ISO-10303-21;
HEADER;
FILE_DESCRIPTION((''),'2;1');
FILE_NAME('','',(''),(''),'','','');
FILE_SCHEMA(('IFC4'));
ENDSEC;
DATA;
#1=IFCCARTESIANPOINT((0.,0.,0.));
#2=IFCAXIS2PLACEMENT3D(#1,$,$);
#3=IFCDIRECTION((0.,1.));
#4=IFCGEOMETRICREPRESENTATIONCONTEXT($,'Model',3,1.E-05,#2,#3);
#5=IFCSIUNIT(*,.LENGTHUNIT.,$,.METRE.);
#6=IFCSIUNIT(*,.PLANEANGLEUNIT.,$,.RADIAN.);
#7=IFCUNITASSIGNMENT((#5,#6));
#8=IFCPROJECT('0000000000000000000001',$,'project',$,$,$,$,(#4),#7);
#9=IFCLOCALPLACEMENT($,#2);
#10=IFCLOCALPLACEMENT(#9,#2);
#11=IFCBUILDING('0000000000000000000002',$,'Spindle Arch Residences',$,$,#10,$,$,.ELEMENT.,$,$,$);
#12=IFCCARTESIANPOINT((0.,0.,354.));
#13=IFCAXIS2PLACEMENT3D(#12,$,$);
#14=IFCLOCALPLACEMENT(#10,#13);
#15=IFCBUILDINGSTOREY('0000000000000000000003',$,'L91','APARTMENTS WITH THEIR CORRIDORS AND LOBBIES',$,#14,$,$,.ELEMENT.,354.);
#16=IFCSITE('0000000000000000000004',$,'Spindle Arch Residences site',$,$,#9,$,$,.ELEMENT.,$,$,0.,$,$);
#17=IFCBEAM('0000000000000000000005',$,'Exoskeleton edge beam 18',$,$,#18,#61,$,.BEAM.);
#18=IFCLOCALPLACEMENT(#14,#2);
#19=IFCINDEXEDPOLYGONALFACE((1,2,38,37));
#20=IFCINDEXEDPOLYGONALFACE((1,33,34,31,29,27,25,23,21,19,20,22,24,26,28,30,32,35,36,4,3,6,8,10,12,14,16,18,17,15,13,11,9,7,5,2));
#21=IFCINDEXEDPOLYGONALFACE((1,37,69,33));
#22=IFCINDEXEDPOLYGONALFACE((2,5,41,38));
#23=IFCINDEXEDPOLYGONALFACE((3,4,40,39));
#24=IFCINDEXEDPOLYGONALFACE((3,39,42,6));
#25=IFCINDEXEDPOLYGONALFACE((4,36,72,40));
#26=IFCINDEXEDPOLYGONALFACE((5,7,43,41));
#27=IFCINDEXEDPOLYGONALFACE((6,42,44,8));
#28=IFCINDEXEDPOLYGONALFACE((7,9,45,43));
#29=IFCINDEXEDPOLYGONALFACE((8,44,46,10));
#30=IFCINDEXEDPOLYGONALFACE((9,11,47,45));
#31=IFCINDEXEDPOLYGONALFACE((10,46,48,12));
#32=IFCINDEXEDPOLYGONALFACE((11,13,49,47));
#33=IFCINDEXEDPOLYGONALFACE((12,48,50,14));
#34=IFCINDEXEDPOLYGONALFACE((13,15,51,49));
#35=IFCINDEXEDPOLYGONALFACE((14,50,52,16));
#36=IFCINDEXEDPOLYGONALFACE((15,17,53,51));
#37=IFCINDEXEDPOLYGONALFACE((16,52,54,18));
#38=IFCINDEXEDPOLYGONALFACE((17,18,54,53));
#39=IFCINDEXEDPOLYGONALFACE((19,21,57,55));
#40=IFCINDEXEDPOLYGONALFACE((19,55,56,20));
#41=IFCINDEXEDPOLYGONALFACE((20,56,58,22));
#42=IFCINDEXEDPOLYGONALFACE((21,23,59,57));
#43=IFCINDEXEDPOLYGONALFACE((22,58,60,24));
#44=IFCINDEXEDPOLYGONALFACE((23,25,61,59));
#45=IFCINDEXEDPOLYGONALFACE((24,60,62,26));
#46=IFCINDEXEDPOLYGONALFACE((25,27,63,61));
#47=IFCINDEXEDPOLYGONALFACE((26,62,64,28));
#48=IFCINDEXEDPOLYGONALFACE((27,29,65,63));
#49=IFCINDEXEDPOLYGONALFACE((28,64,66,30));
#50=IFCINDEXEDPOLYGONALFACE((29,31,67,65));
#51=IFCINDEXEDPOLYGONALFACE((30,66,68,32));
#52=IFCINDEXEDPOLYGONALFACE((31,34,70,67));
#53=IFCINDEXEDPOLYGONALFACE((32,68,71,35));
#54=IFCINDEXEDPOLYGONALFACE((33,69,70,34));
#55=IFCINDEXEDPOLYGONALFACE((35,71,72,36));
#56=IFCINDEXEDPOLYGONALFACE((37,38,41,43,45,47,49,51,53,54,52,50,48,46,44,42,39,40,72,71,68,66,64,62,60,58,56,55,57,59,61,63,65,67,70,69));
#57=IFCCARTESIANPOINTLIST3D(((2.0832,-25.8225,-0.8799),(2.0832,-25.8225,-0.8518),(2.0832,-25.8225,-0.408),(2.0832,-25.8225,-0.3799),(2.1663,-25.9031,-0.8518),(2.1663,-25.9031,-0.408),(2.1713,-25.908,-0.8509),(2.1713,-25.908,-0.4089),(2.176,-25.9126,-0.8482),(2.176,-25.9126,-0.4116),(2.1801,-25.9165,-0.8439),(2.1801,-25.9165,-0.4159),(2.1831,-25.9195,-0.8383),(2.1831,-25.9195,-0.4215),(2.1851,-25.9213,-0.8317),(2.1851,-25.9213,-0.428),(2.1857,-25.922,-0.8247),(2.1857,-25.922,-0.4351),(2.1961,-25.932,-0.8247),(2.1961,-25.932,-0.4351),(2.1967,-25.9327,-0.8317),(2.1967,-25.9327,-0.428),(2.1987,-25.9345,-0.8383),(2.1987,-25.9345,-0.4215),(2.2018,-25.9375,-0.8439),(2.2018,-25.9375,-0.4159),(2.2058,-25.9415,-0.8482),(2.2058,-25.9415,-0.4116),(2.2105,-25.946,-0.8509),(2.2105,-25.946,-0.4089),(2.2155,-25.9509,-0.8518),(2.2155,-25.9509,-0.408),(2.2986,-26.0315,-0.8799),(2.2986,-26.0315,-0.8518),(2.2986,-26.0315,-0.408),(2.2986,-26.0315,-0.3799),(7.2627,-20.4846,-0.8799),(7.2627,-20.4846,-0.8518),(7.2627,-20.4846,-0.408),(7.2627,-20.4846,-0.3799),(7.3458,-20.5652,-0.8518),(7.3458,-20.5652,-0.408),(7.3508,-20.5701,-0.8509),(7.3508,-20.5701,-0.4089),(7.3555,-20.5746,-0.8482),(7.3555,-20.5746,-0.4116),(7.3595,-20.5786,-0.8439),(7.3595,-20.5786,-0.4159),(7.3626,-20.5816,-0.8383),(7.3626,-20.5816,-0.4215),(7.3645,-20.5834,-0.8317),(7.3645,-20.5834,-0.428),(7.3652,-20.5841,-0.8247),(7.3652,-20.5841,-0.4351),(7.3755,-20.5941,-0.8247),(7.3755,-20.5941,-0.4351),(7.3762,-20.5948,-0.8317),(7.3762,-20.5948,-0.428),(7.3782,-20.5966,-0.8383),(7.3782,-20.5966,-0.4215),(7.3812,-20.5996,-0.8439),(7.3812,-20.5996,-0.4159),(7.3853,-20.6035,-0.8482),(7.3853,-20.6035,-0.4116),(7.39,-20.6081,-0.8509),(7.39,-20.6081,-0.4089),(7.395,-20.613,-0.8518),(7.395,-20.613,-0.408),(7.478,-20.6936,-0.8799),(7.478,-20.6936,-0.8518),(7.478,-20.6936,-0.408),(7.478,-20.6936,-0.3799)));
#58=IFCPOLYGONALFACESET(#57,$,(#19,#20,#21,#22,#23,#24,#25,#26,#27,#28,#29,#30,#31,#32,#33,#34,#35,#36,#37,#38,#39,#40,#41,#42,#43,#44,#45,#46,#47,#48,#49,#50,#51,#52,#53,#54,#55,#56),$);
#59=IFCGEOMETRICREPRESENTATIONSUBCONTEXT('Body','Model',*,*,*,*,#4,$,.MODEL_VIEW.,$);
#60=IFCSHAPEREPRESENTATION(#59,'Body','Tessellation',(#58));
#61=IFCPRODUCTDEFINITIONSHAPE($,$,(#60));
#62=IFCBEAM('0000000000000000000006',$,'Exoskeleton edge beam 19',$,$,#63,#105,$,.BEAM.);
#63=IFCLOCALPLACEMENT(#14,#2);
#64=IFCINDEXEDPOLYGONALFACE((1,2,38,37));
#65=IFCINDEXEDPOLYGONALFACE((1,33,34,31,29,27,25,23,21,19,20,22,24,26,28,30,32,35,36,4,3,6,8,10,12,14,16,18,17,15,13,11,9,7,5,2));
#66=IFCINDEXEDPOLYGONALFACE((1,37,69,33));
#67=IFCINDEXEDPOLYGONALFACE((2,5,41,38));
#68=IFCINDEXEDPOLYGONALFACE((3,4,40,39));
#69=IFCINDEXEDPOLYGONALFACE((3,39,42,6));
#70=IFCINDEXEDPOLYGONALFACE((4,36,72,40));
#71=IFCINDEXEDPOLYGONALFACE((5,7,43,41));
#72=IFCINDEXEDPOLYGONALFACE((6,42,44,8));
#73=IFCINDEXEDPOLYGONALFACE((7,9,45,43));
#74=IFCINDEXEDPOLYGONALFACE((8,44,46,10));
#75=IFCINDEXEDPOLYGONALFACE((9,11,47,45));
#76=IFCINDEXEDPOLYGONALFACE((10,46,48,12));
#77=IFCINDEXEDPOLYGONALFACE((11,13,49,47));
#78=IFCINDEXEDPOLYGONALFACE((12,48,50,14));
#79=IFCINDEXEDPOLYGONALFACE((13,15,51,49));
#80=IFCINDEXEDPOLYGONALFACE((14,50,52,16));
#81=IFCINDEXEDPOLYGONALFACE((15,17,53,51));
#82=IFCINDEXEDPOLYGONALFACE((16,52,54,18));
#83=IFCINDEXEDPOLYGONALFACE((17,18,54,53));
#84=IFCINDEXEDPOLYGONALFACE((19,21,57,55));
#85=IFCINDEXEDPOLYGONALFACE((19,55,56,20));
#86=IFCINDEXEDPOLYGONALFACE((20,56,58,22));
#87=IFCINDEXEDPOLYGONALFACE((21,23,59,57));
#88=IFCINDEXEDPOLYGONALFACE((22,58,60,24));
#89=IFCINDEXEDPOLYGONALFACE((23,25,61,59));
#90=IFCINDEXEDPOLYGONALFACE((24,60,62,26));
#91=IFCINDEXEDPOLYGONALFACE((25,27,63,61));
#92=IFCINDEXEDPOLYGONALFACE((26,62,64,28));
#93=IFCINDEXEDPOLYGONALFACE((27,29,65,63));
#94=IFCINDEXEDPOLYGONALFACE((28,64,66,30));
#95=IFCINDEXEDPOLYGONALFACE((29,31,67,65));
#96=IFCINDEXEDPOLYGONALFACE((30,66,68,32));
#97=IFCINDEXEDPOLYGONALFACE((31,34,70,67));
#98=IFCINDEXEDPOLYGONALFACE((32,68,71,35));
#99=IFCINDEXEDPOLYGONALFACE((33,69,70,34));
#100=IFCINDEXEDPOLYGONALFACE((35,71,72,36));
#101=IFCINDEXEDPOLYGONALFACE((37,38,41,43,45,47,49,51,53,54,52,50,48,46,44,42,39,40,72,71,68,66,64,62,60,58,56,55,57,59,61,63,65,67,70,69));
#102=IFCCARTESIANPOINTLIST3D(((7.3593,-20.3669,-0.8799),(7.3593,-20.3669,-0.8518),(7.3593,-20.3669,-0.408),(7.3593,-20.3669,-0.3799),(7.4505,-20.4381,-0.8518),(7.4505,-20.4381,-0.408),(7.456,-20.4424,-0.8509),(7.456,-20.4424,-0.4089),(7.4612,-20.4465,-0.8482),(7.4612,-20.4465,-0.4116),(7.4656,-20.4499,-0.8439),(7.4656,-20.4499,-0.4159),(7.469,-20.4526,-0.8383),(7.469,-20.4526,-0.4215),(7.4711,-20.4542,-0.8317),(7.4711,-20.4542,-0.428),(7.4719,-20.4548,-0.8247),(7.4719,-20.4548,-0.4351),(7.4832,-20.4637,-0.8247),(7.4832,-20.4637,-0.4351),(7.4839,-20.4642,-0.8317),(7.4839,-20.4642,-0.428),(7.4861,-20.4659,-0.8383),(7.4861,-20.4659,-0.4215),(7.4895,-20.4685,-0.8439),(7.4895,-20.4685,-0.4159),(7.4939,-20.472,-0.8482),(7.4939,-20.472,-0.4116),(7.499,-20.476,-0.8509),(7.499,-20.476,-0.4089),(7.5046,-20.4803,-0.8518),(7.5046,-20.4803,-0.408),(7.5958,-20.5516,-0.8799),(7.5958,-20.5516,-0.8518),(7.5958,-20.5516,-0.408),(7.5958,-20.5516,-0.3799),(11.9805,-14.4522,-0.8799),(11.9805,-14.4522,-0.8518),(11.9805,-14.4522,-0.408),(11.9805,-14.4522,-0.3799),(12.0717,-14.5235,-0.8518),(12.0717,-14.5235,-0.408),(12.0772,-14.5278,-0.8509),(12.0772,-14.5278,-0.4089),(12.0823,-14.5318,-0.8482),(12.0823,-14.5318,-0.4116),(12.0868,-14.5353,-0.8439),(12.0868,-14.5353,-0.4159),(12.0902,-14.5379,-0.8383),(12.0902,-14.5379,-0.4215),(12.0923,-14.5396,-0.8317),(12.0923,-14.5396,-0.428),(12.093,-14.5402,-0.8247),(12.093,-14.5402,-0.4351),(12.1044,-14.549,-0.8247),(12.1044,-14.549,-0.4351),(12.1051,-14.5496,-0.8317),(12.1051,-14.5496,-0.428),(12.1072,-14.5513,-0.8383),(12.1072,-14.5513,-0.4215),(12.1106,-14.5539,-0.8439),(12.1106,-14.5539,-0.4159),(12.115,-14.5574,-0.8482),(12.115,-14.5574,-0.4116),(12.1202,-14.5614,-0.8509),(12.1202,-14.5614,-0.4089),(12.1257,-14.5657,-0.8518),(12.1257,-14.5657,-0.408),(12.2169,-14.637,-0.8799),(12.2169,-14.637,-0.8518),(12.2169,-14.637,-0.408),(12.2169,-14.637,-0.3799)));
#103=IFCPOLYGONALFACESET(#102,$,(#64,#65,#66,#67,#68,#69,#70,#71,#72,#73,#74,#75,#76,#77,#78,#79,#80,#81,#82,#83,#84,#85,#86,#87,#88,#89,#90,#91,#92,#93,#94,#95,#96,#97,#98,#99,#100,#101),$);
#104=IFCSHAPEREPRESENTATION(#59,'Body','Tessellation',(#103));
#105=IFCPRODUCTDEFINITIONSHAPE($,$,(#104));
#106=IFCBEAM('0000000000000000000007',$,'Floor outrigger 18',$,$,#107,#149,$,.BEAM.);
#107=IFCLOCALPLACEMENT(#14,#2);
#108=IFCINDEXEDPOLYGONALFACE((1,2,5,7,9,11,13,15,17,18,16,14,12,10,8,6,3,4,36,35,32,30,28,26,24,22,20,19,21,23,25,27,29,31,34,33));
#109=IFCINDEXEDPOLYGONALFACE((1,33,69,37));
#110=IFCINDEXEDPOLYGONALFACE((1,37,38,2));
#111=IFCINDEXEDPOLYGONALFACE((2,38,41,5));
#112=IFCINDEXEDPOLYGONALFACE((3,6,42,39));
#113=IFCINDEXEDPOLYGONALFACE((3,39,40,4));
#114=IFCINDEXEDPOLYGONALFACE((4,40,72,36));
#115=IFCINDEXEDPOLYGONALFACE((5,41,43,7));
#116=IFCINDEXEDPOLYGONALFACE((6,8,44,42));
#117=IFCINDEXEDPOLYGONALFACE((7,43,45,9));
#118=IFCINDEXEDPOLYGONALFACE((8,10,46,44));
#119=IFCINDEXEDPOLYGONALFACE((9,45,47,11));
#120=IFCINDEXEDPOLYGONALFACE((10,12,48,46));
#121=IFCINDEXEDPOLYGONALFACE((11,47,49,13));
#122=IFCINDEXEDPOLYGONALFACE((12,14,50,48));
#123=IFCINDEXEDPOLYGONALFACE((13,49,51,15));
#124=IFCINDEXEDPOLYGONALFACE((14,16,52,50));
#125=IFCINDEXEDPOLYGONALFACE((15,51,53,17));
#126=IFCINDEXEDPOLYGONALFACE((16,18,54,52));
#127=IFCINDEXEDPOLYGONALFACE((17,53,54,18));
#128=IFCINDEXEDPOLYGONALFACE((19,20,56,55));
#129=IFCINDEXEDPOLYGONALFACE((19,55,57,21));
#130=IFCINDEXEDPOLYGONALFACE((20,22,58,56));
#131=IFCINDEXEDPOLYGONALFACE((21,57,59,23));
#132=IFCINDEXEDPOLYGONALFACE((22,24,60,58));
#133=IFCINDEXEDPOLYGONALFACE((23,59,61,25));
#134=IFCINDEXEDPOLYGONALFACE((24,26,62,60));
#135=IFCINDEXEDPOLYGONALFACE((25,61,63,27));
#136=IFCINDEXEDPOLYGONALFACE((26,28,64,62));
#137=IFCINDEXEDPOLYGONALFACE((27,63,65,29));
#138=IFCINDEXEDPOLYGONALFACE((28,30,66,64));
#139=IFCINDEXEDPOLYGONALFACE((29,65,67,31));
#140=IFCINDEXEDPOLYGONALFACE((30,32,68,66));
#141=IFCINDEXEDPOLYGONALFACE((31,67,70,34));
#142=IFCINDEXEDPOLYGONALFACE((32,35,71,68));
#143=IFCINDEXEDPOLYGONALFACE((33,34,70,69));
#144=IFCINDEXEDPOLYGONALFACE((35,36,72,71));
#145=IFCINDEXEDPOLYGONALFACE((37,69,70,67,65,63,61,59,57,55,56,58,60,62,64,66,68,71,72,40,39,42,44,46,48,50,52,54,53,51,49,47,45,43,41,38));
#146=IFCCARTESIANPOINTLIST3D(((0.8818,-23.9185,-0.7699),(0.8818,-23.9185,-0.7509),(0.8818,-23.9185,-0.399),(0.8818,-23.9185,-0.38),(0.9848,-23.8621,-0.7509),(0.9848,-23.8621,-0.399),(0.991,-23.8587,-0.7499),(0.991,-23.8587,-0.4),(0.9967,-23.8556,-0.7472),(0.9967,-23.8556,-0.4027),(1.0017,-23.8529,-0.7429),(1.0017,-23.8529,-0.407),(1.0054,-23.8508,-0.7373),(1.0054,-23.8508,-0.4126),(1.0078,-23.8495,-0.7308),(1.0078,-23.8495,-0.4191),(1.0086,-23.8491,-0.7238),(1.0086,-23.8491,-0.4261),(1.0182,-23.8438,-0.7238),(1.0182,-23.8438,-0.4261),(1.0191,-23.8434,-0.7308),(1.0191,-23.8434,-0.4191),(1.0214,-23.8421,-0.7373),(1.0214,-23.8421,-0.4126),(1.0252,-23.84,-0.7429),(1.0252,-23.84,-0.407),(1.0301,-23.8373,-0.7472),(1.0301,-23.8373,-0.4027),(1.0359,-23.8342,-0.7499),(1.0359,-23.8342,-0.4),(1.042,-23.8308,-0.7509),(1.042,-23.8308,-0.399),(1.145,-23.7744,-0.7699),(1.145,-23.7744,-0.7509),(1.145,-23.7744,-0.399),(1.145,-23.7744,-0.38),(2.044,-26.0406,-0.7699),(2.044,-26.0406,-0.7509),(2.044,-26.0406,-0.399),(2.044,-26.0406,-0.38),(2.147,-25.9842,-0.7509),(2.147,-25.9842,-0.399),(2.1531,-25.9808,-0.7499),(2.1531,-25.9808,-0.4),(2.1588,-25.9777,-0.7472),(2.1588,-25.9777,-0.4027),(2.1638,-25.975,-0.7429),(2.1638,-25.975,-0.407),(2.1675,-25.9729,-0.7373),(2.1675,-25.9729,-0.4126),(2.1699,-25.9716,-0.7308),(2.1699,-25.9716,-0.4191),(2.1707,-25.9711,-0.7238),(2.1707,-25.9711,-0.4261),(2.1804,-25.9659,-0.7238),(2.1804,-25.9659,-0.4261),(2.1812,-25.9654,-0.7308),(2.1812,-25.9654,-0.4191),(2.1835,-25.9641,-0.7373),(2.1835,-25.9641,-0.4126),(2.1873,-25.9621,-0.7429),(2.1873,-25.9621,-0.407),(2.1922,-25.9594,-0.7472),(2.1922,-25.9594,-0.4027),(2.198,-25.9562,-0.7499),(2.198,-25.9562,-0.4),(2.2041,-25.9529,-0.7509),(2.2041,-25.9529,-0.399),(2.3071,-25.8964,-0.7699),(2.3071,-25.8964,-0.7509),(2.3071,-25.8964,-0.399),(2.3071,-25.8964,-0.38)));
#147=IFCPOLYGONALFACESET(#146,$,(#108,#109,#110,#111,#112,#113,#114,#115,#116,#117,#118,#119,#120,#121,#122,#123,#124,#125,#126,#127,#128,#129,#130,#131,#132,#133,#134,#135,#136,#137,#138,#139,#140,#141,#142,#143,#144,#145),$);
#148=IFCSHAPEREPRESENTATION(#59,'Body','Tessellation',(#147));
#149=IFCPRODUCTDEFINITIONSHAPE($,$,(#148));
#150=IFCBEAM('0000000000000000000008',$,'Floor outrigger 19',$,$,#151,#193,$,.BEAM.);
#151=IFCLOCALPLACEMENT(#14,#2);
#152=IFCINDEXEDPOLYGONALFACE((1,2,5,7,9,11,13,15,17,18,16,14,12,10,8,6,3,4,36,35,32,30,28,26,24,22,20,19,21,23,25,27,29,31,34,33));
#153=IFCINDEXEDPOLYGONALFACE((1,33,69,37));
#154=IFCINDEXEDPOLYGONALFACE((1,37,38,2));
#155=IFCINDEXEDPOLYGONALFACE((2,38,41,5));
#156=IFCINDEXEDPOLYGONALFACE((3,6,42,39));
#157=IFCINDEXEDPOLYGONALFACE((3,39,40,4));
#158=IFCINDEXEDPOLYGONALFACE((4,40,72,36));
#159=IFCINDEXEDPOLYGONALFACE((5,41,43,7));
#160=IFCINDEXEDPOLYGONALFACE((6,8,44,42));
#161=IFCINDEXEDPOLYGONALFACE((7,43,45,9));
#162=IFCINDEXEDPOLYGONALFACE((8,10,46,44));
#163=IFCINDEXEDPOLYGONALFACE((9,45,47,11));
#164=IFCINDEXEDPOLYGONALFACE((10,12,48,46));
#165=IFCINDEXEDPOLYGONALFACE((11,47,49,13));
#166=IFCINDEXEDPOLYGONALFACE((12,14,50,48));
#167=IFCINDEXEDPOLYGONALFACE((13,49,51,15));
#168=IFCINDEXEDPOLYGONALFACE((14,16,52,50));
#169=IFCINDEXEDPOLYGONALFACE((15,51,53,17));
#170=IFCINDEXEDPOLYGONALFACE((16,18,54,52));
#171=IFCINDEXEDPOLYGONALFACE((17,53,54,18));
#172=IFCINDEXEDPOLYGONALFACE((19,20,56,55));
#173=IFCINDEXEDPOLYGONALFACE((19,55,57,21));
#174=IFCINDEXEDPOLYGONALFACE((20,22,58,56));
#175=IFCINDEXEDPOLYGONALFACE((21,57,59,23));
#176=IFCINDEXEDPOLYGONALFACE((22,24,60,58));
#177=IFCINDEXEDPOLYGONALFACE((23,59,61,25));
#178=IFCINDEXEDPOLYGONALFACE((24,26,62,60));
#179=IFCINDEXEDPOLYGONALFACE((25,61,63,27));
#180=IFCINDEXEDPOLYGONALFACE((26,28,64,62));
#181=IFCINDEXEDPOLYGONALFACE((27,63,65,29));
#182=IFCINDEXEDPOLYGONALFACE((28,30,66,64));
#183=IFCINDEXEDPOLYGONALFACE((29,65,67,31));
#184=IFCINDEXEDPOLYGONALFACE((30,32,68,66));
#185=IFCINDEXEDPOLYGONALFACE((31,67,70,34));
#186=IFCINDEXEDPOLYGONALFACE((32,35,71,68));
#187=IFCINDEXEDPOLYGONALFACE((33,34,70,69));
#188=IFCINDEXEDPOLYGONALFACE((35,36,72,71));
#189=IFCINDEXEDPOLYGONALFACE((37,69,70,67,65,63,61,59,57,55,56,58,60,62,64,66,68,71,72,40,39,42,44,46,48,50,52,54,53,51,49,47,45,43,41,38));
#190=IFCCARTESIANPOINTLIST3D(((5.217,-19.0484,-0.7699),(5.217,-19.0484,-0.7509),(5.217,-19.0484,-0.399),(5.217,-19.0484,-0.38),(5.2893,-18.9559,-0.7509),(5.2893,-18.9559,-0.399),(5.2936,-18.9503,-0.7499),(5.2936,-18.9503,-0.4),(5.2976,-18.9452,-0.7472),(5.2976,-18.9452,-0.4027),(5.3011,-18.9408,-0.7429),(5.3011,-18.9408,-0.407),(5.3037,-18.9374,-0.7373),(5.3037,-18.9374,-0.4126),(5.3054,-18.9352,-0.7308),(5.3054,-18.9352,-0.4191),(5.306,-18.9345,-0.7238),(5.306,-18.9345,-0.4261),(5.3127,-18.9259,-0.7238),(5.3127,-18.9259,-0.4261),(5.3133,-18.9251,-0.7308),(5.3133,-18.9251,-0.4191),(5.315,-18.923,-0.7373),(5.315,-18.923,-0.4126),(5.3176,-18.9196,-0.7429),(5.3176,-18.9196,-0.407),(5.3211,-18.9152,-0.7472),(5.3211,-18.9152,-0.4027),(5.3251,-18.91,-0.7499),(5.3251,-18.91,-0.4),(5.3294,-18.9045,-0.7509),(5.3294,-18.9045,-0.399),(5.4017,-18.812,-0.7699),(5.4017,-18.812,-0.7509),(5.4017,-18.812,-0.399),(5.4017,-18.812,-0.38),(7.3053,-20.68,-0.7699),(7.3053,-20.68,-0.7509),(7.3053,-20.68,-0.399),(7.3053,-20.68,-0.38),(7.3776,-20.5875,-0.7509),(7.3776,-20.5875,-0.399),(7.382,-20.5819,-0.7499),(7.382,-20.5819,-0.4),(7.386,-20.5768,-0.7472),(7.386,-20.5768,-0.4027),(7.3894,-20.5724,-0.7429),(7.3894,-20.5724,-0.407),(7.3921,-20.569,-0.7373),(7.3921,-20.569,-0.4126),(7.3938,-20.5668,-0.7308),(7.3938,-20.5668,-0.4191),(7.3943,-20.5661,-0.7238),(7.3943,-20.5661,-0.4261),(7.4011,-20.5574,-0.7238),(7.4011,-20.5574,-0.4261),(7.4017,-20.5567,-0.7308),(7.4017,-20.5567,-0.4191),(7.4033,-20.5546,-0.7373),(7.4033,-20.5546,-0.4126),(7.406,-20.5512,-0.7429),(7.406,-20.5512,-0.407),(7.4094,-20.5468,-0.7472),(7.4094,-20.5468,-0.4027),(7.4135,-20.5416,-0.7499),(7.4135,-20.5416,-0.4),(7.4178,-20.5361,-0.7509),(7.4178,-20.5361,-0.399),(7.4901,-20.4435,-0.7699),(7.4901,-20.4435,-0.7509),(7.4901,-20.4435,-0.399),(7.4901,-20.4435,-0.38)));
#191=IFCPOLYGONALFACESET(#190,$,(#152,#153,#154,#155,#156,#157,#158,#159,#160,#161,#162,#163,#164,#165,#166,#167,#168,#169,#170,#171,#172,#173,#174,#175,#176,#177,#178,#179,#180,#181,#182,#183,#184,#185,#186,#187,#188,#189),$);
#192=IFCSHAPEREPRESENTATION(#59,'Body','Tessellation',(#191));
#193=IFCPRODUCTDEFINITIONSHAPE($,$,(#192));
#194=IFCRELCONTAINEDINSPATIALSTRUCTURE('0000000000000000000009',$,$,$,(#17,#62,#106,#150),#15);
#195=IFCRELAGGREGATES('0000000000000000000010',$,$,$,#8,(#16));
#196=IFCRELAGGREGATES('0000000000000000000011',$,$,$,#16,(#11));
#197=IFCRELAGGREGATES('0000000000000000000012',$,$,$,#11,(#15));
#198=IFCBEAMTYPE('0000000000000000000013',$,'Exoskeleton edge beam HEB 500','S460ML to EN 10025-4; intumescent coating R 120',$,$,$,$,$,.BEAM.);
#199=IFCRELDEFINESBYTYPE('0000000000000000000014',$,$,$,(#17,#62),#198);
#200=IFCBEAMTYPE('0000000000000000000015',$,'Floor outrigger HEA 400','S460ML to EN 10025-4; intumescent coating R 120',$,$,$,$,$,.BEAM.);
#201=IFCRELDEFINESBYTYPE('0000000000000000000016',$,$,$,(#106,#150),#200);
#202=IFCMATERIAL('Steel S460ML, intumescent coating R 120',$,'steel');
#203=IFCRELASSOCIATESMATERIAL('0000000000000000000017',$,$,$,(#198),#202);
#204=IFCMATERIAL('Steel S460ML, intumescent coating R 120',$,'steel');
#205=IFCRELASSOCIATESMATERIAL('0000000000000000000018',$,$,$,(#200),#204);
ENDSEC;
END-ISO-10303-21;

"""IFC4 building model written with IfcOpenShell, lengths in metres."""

from ifc_helpers import new_model, si_unit, direction, frame, origin, origin_2d, place, context, subcontext, project, spatial, i_section, extrude, material, material_profile, profile_set, type_object, element, save


model = new_model("IFC4")

# Units and contexts
model_context = context("Model", 3, precision=1e-05, world=origin(), true_north=direction((0.0, 1.0)))
body_context = subcontext(model_context, "Body", "Model", "MODEL_VIEW")
ifc_project = project(units=[si_unit("LENGTHUNIT", "METRE"), si_unit("PLANEANGLEUNIT", "RADIAN")], contexts=[model_context])

# Site, building, storey
site_placement = place(None, origin())
site = spatial("IfcSite", under=ifc_project, at=site_placement, Name="Spindle Arch Residences site", CompositionType="ELEMENT", RefElevation=0.0)
building_placement = place(site_placement, origin())
building = spatial("IfcBuilding", under=site, at=building_placement, Name="Spindle Arch Residences", CompositionType="ELEMENT")
storey_placement = place(building_placement, frame((0.0, 0.0, 354.0)))
storey = spatial("IfcBuildingStorey", under=building, at=storey_placement, Name="L91", Description="APARTMENTS WITH THEIR CORRIDORS AND LOBBIES", CompositionType="ELEMENT", Elevation=354.0)

# Beams
ifc_material_1 = material(Name="Steel S460ML, intumescent coating R 120", Category="steel")
ifc_material_profile_1 = material_profile(ifc_material_1, i_section(OverallWidth=0.3, OverallDepth=0.5, WebThickness=0.0144, FlangeThickness=0.0281, FilletRadius=0.0271, at=origin_2d()), Name="HEB 500")
ifc_profile_set_1 = profile_set([ifc_material_profile_1], Name="Steel S460ML, intumescent coating R 120")
beam_type_1 = type_object("IfcBeamType", Name="Exoskeleton edge beam HEB 500", Description="S460ML to EN 10025-4; intumescent coating R 120", PredefinedType="BEAM", material=ifc_profile_set_1)
beam_1_placement = place(storey_placement, frame((2.1909, -25.927, -0.6299), z_axis=(0.696375, 0.717678, 0.0), x_axis=(-0.717678, 0.696375, 0.0)))
element("IfcBeam", 1, at=beam_1_placement, inside=storey, type_object=beam_type_1, Name="Exoskeleton edge beam 18", PredefinedType="BEAM", context=body_context, shape_type="SweptSolid", body=[
    extrude(i_section(OverallWidth=0.3, OverallDepth=0.5, WebThickness=0.0144, FlangeThickness=0.0281, FilletRadius=0.0271, at=origin_2d()), origin(), (0.0, 0.0, 1.0), 7.4377),
])
beam_2_placement = place(storey_placement, frame((7.4775, -20.4592, -0.6299), z_axis=(0.615673, 0.788002, 0.0), x_axis=(-0.788002, 0.615673, 0.0)))
element("IfcBeam", 2, at=beam_2_placement, inside=storey, type_object=beam_type_1, Name="Exoskeleton edge beam 19", PredefinedType="BEAM", context=body_context, shape_type="SweptSolid", body=[
    extrude(i_section(OverallWidth=0.3, OverallDepth=0.5, WebThickness=0.0144, FlangeThickness=0.0281, FilletRadius=0.0271, at=origin_2d()), origin(), (0.0, 0.0, 1.0), 7.5059),
])
ifc_material_2 = material(Name="Steel S460ML, intumescent coating R 120", Category="steel")
ifc_material_profile_2 = material_profile(ifc_material_2, i_section(OverallWidth=0.3, OverallDepth=0.3899, WebThickness=0.011, FlangeThickness=0.019, FilletRadius=0.0271, at=origin_2d()), Name="HEA 400")
ifc_profile_set_2 = profile_set([ifc_material_profile_2], Name="Steel S460ML, intumescent coating R 120")
beam_type_2 = type_object("IfcBeamType", Name="Floor outrigger HEA 400", Description="S460ML to EN 10025-4; intumescent coating R 120", PredefinedType="BEAM", material=ifc_profile_set_2)
beam_3_placement = place(storey_placement, frame((2.1755, -25.9685, -0.575), z_axis=(-0.480322, 0.877092, 0.0), x_axis=(-0.877092, -0.480322, 0.0)))
element("IfcBeam", 3, at=beam_3_placement, inside=storey, type_object=beam_type_2, Name="Floor outrigger 18", PredefinedType="BEAM", context=body_context, shape_type="SweptSolid", body=[
    extrude(i_section(OverallWidth=0.3, OverallDepth=0.3899, WebThickness=0.011, FlangeThickness=0.019, FilletRadius=0.0271, at=origin_2d()), origin(), (0.0, 0.0, 1.0), 2.4194),
])
beam_4_placement = place(storey_placement, frame((7.3977, -20.5618, -0.575), z_axis=(-0.788016, 0.615655, 0.0), x_axis=(-0.615655, -0.788016, 0.0)))
element("IfcBeam", 4, at=beam_4_placement, inside=storey, type_object=beam_type_2, Name="Floor outrigger 19", PredefinedType="BEAM", context=body_context, shape_type="SweptSolid", body=[
    extrude(i_section(OverallWidth=0.3, OverallDepth=0.3899, WebThickness=0.011, FlangeThickness=0.019, FilletRadius=0.0271, at=origin_2d()), origin(), (0.0, 0.0, 1.0), 2.6501),
])

save(model, "model.ifc")
